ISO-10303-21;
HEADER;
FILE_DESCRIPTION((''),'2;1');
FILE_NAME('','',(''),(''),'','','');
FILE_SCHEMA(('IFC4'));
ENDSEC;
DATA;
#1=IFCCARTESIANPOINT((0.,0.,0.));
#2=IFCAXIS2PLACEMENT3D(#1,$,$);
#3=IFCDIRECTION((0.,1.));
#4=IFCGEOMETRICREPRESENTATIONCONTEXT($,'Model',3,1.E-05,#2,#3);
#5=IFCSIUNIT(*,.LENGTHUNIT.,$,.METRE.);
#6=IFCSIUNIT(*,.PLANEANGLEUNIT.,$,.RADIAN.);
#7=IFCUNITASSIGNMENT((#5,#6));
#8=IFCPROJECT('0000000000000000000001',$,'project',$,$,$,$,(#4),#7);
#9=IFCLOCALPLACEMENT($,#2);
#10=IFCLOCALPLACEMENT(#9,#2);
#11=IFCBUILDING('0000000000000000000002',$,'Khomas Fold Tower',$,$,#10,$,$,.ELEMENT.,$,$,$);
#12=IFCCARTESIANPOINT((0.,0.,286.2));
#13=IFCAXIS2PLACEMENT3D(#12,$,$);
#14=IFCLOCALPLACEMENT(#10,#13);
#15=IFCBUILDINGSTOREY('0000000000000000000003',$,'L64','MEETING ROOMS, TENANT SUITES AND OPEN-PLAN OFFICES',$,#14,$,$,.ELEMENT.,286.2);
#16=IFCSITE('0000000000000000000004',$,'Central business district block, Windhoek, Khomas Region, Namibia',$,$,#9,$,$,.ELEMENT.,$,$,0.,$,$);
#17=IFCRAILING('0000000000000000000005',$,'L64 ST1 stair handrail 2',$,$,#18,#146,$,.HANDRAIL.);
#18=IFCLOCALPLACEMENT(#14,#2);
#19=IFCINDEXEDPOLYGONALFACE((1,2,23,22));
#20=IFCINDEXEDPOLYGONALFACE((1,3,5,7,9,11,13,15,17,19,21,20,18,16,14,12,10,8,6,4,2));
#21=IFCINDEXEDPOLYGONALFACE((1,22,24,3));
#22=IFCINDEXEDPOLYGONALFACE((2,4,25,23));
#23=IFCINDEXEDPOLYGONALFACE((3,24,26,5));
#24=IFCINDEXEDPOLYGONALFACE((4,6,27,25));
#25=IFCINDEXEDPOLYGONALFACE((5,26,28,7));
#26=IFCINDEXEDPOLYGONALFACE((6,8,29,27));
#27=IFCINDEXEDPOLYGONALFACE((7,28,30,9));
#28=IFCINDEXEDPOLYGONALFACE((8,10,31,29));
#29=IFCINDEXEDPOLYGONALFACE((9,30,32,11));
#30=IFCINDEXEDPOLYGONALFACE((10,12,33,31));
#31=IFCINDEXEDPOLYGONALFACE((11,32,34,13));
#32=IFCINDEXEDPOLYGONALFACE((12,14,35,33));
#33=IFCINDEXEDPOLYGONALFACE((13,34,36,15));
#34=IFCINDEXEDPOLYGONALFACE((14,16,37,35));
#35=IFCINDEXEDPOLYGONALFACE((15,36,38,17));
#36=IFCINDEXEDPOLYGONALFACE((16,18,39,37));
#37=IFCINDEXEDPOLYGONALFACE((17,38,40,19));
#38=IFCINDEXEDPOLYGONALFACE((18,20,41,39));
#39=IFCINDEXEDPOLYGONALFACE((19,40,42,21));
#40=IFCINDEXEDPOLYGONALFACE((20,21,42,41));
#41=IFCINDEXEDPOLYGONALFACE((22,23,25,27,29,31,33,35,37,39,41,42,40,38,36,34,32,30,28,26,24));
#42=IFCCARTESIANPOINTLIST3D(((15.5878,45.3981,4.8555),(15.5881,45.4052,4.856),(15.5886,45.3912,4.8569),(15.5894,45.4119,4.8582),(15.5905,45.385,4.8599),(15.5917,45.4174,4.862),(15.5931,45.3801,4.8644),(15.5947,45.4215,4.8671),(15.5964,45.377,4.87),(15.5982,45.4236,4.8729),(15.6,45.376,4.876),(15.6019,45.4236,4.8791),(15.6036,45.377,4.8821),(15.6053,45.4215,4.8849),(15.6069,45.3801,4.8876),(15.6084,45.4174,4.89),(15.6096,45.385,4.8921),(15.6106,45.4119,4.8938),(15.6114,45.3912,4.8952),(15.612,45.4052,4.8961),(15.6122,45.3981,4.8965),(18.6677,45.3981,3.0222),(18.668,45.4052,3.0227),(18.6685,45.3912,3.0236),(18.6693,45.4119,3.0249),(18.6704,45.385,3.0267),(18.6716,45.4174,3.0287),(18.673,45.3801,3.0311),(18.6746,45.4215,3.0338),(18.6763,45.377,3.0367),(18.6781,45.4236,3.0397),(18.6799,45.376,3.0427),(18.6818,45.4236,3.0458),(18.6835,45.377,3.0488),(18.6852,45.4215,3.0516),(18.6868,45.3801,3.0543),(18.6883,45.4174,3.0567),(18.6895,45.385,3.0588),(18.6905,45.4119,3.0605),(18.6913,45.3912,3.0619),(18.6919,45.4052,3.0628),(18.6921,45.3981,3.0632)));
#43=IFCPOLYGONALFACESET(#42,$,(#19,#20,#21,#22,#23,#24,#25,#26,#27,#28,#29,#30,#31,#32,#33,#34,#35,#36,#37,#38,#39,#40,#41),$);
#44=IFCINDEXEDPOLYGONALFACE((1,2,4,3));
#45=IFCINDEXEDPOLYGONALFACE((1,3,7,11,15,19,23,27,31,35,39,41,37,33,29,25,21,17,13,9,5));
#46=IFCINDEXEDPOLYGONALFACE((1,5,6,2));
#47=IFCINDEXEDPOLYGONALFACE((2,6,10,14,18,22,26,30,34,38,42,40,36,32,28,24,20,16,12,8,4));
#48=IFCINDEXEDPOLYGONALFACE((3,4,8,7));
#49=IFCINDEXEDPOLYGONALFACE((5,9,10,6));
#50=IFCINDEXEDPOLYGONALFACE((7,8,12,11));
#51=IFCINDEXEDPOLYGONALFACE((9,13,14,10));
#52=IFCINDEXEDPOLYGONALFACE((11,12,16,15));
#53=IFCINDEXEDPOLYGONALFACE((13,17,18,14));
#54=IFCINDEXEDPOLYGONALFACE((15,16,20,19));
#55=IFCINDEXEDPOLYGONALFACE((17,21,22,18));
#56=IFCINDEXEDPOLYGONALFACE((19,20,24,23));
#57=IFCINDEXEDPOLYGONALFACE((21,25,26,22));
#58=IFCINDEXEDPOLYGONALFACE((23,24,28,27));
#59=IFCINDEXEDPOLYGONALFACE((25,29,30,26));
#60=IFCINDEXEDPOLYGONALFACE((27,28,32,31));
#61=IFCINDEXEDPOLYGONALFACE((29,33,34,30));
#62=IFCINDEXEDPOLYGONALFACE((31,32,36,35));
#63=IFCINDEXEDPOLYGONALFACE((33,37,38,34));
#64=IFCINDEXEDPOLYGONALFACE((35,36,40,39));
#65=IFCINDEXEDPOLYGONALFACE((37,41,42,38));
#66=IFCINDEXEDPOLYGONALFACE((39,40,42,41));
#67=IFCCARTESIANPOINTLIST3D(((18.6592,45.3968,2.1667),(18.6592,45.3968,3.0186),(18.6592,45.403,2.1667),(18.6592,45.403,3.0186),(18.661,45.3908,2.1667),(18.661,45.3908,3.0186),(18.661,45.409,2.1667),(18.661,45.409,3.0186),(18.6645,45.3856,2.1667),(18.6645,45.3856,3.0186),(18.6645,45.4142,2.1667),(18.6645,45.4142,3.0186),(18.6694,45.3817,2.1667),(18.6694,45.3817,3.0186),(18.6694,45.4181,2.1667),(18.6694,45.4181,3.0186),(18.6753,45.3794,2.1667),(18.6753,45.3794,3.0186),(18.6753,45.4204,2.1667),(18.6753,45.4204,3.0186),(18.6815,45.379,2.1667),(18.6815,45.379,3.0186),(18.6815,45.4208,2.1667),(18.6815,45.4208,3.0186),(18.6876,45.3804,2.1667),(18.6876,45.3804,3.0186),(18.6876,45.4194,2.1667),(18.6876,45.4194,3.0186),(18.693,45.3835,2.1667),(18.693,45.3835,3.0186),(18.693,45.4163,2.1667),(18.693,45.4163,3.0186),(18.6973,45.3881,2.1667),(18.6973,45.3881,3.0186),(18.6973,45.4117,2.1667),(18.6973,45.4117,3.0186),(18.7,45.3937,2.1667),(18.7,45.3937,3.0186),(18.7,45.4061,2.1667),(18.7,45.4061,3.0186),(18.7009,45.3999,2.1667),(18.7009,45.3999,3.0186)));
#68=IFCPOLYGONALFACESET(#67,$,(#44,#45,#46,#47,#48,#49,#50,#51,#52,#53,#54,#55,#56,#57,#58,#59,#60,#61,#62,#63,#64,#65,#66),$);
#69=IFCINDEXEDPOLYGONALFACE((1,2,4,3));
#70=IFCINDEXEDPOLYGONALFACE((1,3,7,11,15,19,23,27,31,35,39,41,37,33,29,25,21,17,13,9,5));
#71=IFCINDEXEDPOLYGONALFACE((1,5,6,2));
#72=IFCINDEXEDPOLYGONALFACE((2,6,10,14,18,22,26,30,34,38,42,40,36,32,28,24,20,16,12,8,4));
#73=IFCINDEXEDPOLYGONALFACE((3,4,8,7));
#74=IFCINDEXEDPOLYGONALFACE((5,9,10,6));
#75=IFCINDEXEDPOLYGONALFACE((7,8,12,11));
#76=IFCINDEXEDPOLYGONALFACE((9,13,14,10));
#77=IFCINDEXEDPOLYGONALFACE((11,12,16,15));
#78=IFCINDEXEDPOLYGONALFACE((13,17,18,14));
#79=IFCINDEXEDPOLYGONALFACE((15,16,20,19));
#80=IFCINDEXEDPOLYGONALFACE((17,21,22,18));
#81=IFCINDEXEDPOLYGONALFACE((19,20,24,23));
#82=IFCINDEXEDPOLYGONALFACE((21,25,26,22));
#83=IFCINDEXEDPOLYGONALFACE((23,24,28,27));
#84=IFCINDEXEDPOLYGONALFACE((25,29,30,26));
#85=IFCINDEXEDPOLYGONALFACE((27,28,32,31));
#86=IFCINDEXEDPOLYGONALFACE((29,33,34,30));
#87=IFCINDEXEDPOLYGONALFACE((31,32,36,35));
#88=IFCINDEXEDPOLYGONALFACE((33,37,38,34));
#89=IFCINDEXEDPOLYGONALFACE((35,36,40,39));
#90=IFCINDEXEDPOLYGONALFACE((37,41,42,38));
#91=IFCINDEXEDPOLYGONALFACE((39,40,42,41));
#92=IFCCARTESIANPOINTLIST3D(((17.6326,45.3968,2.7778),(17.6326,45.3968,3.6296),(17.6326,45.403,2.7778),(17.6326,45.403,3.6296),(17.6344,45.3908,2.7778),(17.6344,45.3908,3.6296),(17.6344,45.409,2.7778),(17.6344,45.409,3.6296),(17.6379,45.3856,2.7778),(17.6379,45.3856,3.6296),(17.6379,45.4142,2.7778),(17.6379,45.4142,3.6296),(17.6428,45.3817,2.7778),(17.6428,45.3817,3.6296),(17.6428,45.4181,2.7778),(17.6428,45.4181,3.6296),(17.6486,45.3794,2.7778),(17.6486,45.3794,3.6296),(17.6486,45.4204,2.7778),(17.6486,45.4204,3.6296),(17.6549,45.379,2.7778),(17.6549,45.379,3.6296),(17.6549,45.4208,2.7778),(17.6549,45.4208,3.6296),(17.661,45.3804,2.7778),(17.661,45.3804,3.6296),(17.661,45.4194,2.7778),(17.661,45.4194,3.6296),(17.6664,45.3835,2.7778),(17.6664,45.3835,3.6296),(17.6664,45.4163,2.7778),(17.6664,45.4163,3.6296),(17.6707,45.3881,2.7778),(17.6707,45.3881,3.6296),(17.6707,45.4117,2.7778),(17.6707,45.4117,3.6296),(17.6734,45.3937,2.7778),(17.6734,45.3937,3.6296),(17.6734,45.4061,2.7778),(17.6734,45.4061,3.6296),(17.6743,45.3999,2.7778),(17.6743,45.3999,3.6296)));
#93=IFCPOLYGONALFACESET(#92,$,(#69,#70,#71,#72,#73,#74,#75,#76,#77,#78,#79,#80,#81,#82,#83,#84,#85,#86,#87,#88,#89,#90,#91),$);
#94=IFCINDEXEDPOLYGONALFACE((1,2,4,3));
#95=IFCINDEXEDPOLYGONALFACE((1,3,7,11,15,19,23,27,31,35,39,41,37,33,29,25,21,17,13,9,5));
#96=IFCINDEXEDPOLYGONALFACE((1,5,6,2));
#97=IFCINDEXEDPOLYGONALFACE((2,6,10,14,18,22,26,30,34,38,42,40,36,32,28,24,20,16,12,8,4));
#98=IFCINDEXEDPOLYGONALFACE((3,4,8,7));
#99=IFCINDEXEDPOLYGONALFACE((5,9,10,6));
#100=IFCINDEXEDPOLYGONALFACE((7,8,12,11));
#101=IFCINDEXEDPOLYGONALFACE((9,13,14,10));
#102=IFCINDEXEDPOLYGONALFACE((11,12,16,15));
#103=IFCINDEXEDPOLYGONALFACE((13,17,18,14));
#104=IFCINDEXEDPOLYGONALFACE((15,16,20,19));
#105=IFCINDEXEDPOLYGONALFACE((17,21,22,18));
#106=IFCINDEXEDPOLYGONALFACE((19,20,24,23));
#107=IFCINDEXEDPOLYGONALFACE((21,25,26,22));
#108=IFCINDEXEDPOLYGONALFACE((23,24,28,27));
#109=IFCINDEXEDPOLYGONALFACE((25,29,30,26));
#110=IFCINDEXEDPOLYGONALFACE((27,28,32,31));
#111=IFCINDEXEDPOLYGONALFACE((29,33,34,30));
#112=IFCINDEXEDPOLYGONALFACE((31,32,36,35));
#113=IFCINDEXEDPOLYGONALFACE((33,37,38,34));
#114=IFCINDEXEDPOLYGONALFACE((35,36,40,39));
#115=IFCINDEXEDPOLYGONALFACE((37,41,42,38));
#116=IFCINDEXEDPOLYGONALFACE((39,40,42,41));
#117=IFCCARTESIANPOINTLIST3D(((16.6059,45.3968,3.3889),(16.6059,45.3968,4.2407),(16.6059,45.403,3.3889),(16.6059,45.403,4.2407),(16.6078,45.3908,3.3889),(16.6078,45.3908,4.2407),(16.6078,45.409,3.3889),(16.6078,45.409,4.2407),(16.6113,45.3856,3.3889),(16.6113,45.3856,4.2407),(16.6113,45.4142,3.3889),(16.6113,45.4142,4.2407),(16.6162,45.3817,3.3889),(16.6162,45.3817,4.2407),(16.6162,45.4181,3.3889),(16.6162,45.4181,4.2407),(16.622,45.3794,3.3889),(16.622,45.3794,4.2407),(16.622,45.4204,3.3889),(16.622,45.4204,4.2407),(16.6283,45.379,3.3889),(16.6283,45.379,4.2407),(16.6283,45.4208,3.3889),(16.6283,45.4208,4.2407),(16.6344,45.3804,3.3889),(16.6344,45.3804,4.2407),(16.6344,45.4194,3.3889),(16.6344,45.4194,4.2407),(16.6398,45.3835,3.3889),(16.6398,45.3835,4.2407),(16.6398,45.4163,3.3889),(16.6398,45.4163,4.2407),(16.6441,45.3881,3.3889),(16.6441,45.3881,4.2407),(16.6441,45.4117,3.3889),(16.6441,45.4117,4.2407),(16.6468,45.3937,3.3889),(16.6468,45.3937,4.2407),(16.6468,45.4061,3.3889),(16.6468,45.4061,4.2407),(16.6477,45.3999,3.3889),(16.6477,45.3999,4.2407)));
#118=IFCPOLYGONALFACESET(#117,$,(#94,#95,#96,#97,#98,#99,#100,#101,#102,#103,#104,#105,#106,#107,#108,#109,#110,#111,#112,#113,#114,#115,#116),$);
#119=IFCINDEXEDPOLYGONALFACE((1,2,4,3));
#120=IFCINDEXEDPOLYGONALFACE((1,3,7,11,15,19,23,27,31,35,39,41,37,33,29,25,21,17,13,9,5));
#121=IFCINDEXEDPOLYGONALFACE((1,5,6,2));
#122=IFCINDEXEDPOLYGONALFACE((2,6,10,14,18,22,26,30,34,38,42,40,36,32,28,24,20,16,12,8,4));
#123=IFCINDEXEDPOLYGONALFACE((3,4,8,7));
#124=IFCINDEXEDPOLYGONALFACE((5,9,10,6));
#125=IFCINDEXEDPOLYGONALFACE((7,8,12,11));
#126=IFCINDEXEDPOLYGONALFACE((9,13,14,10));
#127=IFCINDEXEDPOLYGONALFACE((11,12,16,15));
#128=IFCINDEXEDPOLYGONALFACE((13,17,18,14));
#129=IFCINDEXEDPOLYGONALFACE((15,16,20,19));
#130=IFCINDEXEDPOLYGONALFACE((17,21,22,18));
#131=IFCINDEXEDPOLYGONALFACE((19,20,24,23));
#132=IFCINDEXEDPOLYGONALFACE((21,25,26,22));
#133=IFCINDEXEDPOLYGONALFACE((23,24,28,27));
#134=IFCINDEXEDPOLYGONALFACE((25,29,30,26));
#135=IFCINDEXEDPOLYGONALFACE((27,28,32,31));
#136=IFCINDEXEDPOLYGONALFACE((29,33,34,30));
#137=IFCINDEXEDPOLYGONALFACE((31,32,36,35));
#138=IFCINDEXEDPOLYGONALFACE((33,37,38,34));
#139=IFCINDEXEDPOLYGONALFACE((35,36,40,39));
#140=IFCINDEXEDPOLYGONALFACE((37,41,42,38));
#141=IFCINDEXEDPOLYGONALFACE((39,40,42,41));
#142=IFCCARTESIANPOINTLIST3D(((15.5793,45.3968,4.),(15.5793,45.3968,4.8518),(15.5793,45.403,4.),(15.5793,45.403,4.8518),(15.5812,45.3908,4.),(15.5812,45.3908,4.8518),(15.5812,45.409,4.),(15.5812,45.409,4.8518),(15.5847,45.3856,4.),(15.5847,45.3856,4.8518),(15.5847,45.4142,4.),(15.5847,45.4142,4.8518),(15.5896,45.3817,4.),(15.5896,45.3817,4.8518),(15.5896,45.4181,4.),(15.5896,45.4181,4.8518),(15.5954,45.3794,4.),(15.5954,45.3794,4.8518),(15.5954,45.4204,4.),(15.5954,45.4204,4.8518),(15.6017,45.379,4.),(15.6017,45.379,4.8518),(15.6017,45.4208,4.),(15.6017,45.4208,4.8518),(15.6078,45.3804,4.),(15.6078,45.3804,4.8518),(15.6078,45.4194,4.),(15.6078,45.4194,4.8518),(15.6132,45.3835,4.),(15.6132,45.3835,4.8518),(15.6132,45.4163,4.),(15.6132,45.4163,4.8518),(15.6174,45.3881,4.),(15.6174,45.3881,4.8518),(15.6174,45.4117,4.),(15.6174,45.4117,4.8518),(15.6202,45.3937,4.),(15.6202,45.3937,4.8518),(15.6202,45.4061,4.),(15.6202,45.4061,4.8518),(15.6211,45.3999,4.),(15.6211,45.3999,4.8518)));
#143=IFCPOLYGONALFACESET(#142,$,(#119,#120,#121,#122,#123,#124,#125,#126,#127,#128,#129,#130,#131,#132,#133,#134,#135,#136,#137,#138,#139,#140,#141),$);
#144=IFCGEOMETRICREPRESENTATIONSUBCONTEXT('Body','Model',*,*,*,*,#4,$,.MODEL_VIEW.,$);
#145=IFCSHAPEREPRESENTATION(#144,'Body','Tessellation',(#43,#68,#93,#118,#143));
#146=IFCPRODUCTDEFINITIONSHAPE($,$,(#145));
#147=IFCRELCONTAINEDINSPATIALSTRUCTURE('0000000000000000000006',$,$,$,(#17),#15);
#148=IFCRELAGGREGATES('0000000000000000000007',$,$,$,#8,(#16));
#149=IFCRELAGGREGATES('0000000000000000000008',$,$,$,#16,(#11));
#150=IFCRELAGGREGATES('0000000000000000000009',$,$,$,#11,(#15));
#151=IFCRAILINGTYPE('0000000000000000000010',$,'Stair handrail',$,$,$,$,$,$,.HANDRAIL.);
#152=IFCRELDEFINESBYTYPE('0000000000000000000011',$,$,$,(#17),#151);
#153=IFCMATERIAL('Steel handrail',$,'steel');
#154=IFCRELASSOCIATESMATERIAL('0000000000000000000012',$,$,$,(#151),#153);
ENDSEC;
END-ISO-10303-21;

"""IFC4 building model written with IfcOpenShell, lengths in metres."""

from ifc_helpers import new_model, si_unit, direction, frame, origin, origin_2d, place, context, subcontext, project, spatial, circle, extrude, source, transform, mapped, material, type_object, element, save


model = new_model("IFC4")

# Units and contexts
model_context = context("Model", 3, precision=1e-05, world=origin(), true_north=direction((0.0, 1.0)))
body_context = subcontext(model_context, "Body", "Model", "MODEL_VIEW")
ifc_project = project(units=[si_unit("LENGTHUNIT", "METRE"), si_unit("PLANEANGLEUNIT", "RADIAN")], contexts=[model_context])

# Site, building, storey
site_placement = place(None, origin())
site = spatial("IfcSite", under=ifc_project, at=site_placement, Name="Central business district block, Windhoek, Khomas Region, Namibia", CompositionType="ELEMENT", RefElevation=0.0)
building_placement = place(site_placement, origin())
building = spatial("IfcBuilding", under=site, at=building_placement, Name="Khomas Fold Tower", CompositionType="ELEMENT")
storey_placement = place(building_placement, frame((0.0, 0.0, 286.2)))
storey = spatial("IfcBuildingStorey", under=building, at=storey_placement, Name="L64", Description="MEETING ROOMS, TENANT SUITES AND OPEN-PLAN OFFICES", CompositionType="ELEMENT", Elevation=286.2)

# Railing
ifc_material_1 = material(Name="Steel handrail", Category="steel")
railing_type_1 = type_object("IfcRailingType", Name="Stair handrail", PredefinedType="HANDRAIL", material=ifc_material_1)
shared_shape_1 = source(origin(), body_context, "Body", "SweptSolid", [
    extrude(circle(Radius=0.0239, at=origin_2d()), frame((0.0, 0.0, 0.876), z_axis=(-0.859291, 0.0, 0.511487), x_axis=(0.0, -1.0, 0.0)), (0.0, 0.0, 1.0), 3.5842),
    extrude(circle(Radius=0.021, at=origin_2d()), origin(), (0.0, 0.0, 1.0), 0.8518),
    extrude(circle(Radius=0.021, at=origin_2d()), frame((-1.0266, 0.0, 0.6111)), (0.0, 0.0, 1.0), 0.8518),
    extrude(circle(Radius=0.021, at=origin_2d()), frame((-2.0532, 0.0, 1.2222)), (0.0, 0.0, 1.0), 0.8518),
    extrude(circle(Radius=0.021, at=origin_2d()), frame((-3.0798, 0.0, 1.8333)), (0.0, 0.0, 1.0), 0.8518),
])
railing_1_placement = place(storey_placement, frame((18.6799, 45.3999, 2.1667)))
element("IfcRailing", 1, at=railing_1_placement, inside=storey, type_object=railing_type_1, Name="L64 ST1 stair handrail 2", PredefinedType="HANDRAIL", context=body_context, shape_type="MappedRepresentation", body=[
    mapped(shared_shape_1, transform((0.0, 0.0, 0.0))),
])

save(model, "model.ifc")
